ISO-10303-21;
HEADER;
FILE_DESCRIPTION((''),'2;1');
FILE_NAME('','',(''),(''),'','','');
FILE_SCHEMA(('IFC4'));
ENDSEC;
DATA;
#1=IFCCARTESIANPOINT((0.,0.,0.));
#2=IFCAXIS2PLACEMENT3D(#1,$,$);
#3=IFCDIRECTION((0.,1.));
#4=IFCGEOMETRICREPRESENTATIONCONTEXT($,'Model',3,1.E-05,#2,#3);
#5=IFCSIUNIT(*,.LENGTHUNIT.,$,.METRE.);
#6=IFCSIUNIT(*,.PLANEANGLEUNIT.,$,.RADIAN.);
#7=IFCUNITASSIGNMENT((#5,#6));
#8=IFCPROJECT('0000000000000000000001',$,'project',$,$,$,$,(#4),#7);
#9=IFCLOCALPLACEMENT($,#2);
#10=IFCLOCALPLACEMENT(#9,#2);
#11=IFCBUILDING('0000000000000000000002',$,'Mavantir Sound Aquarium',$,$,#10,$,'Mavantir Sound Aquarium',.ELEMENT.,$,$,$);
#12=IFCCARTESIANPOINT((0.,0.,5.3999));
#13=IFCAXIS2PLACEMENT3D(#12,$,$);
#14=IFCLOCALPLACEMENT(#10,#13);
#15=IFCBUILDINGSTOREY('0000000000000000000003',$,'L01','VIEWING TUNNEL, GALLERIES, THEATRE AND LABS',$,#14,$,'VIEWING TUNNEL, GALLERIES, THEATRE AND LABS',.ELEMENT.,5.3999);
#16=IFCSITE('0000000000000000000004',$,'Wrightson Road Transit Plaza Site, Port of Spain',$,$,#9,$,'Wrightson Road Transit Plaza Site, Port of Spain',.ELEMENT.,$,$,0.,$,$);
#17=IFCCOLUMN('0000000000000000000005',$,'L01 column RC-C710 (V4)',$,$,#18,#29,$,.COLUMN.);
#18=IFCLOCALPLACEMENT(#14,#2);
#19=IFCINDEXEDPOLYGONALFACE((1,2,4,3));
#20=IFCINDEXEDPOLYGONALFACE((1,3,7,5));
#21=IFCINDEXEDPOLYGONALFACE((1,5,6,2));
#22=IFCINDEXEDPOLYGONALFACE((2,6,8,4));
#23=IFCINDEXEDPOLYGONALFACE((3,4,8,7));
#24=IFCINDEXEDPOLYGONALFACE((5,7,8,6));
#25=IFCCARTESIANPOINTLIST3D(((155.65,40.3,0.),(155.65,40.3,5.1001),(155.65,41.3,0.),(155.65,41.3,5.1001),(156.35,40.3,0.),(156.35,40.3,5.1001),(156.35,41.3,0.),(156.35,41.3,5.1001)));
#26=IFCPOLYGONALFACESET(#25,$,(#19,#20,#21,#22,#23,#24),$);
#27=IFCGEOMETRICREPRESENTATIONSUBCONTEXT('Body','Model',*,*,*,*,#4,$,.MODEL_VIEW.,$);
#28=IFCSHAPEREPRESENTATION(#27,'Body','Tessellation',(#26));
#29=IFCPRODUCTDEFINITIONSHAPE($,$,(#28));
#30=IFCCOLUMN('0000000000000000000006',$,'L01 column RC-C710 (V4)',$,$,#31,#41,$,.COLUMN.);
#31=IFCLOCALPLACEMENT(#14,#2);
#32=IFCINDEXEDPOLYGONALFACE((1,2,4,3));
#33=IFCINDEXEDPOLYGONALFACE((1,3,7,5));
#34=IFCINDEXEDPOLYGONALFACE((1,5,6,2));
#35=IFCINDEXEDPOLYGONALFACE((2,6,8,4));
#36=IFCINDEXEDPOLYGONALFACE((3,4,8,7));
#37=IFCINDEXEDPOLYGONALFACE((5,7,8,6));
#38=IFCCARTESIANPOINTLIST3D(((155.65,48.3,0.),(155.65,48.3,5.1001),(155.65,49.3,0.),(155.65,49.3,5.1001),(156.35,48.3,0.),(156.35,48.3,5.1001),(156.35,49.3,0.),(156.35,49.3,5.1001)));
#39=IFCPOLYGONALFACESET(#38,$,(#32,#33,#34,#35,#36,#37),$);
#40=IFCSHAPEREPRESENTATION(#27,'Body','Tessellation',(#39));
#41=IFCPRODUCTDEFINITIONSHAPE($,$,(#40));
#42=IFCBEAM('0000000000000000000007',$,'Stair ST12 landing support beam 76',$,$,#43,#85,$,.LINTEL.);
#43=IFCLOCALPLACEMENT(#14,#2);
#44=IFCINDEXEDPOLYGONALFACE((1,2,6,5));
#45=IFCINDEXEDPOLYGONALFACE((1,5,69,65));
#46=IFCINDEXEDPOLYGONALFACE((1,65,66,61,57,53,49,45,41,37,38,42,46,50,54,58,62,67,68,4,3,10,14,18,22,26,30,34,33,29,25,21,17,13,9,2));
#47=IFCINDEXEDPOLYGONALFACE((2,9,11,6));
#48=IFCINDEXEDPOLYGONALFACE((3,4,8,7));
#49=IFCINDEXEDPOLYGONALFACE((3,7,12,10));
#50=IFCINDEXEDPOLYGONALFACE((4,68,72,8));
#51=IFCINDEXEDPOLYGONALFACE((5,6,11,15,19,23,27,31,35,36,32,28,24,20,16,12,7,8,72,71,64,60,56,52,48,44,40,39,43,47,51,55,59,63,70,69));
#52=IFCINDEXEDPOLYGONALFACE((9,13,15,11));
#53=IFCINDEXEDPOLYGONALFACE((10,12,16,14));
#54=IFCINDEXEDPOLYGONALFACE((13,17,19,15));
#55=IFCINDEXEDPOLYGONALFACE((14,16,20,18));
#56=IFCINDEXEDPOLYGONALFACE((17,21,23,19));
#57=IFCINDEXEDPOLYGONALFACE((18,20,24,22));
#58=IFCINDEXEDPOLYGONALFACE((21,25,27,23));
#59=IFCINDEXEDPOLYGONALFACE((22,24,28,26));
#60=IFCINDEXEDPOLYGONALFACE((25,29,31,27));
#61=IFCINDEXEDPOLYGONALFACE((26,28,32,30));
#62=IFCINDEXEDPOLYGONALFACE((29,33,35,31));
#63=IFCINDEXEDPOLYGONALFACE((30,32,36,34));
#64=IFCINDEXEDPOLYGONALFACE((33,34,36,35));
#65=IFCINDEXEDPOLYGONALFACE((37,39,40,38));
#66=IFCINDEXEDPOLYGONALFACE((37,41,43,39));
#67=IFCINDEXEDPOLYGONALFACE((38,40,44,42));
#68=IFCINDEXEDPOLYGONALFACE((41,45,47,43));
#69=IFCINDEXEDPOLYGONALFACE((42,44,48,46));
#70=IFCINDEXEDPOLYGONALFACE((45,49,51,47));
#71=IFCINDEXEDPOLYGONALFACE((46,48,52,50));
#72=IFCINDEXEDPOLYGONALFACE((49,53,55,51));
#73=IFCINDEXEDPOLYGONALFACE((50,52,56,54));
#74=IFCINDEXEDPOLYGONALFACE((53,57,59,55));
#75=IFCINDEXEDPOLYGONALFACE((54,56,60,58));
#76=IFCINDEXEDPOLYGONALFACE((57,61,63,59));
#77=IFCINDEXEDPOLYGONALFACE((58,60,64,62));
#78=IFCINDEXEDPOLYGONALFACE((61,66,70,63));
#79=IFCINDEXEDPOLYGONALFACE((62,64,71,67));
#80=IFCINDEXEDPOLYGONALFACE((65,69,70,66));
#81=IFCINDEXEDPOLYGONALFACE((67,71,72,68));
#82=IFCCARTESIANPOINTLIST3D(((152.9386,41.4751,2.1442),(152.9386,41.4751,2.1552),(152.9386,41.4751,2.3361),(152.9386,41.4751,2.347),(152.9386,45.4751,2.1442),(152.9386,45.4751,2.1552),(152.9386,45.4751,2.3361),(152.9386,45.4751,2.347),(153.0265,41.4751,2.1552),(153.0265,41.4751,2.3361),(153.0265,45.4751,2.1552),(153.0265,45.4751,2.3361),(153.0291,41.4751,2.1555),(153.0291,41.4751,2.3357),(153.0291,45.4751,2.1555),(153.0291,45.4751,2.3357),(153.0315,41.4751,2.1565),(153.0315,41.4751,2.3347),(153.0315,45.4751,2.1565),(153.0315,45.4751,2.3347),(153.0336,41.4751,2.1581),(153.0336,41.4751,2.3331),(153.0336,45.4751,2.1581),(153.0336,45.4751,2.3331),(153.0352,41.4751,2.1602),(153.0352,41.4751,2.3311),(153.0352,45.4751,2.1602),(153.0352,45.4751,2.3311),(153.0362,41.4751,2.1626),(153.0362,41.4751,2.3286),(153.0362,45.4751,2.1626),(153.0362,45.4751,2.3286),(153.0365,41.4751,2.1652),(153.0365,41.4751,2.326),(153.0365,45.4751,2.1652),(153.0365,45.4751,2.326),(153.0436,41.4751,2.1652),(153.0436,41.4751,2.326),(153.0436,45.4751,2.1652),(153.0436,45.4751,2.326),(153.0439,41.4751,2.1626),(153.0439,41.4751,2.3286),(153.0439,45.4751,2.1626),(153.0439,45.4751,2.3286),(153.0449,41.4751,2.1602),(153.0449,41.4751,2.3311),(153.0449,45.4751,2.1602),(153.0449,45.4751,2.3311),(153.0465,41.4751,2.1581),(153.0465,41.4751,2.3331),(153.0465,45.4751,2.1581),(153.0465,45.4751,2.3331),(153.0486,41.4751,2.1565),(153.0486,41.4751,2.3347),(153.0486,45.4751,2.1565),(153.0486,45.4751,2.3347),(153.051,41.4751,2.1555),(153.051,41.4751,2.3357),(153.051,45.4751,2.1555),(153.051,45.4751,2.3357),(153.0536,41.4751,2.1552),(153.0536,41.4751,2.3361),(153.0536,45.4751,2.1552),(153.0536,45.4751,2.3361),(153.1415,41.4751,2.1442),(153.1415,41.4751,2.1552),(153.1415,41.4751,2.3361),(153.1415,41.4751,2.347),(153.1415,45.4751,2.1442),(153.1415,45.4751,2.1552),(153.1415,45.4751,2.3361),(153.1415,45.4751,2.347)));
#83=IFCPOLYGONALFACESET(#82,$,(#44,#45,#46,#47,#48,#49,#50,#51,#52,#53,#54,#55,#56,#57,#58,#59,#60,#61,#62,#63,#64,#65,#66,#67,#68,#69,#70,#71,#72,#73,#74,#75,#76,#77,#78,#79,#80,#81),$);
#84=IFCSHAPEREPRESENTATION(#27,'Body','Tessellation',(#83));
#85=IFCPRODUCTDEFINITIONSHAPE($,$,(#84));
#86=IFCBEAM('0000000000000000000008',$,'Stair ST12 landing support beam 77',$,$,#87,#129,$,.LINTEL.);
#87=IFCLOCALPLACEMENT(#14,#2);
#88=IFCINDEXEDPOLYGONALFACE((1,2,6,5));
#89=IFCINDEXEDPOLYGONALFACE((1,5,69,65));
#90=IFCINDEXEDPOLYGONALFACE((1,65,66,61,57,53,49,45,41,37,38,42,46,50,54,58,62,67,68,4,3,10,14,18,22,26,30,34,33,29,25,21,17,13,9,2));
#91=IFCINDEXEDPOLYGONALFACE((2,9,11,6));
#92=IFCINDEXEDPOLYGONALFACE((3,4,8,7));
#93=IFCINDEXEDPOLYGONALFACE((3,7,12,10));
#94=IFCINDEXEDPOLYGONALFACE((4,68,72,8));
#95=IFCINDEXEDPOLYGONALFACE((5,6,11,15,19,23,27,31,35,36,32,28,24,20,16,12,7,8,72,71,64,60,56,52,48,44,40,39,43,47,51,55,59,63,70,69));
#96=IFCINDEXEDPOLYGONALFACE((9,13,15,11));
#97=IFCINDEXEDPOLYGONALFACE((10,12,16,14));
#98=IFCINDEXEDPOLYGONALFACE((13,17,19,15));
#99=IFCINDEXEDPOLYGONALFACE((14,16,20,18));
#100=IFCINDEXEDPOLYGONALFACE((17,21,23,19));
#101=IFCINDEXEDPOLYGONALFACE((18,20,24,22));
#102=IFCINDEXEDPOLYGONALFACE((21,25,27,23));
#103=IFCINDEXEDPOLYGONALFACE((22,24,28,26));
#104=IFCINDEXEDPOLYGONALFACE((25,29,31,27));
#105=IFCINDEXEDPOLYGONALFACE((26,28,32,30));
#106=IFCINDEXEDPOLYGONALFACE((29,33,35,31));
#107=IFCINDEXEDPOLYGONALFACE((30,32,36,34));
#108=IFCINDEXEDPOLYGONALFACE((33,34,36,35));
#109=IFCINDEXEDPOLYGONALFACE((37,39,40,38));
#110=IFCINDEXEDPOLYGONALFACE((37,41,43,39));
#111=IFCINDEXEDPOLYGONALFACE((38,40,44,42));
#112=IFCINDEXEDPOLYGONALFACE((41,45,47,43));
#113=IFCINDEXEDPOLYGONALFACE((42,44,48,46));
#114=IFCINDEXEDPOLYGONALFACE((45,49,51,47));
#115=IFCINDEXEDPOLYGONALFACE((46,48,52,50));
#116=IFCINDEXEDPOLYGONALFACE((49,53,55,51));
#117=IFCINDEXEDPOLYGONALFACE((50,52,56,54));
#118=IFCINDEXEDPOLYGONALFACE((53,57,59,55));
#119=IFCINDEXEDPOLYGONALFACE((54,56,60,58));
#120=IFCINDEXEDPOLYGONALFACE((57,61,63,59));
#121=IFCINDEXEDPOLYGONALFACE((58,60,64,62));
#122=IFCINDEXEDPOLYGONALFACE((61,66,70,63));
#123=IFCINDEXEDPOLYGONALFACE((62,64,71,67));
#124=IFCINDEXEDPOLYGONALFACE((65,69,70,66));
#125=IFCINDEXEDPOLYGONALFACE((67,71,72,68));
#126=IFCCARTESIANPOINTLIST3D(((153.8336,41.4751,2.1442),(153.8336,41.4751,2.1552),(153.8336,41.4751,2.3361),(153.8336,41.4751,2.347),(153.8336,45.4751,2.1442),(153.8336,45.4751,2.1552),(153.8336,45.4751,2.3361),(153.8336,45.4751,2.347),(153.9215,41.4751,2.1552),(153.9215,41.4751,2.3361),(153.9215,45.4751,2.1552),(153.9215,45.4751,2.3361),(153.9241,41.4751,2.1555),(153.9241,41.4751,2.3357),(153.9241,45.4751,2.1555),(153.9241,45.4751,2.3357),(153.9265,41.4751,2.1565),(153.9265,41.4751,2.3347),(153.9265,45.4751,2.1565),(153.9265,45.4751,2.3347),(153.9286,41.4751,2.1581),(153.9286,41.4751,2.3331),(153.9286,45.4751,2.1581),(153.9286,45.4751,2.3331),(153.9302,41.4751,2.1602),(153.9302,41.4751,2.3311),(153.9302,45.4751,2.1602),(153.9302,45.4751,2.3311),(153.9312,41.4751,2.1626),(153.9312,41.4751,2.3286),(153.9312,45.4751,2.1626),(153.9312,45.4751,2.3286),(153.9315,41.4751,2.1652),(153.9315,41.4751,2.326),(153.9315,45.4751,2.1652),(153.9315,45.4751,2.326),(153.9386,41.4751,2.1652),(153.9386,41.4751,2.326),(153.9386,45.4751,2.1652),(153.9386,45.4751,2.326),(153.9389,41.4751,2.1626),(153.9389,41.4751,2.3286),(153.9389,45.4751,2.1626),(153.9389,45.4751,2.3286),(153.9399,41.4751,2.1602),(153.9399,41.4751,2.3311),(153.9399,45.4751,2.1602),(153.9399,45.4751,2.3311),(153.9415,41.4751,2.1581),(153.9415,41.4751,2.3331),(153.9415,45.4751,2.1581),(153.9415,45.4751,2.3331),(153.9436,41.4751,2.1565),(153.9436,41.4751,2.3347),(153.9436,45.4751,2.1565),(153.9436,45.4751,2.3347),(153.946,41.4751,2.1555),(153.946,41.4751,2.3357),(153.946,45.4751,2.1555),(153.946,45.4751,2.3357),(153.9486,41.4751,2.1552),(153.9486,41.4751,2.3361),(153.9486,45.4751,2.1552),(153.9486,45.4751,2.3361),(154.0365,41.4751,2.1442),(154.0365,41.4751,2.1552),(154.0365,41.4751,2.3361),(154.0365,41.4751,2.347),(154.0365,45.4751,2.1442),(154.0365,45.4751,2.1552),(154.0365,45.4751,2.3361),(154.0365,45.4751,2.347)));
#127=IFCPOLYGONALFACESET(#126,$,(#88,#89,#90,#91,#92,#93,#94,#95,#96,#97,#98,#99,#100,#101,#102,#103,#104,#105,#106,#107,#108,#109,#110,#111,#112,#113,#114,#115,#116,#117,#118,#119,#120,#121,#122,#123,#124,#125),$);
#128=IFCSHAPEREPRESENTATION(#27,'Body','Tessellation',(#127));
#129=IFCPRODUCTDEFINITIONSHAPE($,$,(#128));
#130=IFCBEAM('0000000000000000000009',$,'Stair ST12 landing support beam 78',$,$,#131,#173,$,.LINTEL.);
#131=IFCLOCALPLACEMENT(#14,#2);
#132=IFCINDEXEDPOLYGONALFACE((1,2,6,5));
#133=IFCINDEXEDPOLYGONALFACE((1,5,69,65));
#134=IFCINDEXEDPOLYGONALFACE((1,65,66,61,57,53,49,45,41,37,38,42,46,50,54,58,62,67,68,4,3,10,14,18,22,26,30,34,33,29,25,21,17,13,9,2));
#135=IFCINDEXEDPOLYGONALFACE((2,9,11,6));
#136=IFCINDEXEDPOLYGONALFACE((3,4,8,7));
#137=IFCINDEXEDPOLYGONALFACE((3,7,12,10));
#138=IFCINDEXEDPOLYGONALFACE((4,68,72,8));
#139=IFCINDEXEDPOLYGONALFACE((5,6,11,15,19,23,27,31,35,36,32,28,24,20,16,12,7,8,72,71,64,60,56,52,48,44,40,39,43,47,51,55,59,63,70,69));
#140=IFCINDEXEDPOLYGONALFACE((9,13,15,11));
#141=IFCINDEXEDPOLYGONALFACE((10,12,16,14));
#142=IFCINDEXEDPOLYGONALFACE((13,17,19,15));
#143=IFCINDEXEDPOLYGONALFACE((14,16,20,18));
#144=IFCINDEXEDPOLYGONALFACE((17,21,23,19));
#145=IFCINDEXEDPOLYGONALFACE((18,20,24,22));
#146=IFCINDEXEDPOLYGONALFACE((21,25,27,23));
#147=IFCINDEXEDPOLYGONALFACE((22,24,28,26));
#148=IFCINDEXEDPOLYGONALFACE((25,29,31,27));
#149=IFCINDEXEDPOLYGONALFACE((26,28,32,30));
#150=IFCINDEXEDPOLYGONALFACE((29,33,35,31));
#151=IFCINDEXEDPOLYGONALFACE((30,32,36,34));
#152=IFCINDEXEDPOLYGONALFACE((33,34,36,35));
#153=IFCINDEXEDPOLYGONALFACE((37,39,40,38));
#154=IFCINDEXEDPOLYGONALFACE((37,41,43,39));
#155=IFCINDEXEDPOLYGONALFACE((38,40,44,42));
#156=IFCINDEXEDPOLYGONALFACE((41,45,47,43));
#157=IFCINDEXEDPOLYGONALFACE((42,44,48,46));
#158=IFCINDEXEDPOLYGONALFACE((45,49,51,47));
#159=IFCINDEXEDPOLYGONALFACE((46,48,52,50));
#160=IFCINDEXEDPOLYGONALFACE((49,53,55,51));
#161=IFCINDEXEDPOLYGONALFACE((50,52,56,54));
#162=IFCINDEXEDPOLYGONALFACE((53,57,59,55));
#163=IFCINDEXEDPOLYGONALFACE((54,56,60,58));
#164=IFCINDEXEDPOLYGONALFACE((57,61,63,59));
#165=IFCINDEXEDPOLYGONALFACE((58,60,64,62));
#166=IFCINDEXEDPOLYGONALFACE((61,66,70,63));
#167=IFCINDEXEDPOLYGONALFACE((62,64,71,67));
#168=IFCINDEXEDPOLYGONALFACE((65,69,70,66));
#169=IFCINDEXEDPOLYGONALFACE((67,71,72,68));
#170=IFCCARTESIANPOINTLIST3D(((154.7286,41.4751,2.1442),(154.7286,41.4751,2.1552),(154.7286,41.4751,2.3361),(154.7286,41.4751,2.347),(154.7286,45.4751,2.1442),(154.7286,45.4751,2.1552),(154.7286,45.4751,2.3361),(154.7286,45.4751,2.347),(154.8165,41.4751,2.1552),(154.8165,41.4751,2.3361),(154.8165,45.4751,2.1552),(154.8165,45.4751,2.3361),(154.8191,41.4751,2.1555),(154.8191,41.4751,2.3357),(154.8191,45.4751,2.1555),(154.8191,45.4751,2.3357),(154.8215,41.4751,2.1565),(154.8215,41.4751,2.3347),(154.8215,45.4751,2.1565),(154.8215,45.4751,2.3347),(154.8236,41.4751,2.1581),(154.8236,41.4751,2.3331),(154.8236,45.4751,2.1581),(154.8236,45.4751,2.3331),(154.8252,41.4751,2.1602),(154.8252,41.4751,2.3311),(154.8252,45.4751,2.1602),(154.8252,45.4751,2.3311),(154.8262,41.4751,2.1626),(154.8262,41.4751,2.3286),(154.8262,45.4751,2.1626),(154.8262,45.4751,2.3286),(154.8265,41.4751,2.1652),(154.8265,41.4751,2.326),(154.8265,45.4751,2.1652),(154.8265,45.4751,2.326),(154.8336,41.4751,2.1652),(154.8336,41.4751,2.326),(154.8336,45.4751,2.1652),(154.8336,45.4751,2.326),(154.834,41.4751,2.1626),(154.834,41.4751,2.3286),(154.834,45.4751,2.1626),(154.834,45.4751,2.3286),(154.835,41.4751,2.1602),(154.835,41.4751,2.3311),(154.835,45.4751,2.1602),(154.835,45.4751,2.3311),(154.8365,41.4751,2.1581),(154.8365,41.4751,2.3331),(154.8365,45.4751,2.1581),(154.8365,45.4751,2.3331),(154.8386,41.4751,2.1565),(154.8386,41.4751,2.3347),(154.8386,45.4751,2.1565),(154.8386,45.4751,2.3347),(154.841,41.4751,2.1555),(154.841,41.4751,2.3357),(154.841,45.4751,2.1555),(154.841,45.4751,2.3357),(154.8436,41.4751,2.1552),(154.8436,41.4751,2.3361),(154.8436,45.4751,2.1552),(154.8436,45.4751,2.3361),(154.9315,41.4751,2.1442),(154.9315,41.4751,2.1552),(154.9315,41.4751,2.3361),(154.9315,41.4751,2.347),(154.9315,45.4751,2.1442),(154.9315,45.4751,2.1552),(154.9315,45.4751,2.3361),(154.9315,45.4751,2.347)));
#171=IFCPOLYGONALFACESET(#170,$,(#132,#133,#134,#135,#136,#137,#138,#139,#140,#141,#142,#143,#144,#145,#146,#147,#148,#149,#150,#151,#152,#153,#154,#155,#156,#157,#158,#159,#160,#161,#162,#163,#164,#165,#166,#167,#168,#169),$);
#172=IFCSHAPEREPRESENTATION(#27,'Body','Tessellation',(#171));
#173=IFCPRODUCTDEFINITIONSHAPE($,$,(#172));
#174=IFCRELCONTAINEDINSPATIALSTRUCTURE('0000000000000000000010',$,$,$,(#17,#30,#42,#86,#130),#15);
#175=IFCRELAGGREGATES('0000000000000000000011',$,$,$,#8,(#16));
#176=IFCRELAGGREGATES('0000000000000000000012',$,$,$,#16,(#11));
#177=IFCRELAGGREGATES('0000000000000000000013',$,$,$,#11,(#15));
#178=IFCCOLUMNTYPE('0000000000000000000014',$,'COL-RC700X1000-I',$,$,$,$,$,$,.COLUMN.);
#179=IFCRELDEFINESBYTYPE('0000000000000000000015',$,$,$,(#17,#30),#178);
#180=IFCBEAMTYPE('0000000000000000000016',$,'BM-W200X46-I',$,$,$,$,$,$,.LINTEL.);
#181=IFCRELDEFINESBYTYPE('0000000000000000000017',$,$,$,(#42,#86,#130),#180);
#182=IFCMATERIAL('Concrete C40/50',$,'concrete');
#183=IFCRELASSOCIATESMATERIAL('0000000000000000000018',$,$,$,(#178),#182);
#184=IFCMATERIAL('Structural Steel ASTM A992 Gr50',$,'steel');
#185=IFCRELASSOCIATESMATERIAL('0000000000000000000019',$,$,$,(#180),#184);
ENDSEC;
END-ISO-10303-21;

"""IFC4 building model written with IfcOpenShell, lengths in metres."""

from ifc_helpers import new_model, si_unit, direction, frame, origin, origin_2d, place, context, subcontext, project, spatial, rectangle, i_section, extrude, material, material_profile, profile_set, type_object, element, save


model = new_model("IFC4")

# Units and contexts
model_context = context("Model", 3, precision=1e-05, world=origin(), true_north=direction((0.0, 1.0)))
body_context = subcontext(model_context, "Body", "Model", "MODEL_VIEW")
ifc_project = project(units=[si_unit("LENGTHUNIT", "METRE"), si_unit("PLANEANGLEUNIT", "RADIAN")], contexts=[model_context])

# Site, building, storey
site_placement = place(None, origin())
site = spatial("IfcSite", under=ifc_project, at=site_placement, Name="Wrightson Road Transit Plaza Site, Port of Spain", LongName="Wrightson Road Transit Plaza Site, Port of Spain", CompositionType="ELEMENT", RefElevation=0.0)
building_placement = place(site_placement, origin())
building = spatial("IfcBuilding", under=site, at=building_placement, Name="Mavantir Sound Aquarium", LongName="Mavantir Sound Aquarium", CompositionType="ELEMENT")
storey_placement = place(building_placement, frame((0.0, 0.0, 5.3999)))
storey = spatial("IfcBuildingStorey", under=building, at=storey_placement, Name="L01", Description="VIEWING TUNNEL, GALLERIES, THEATRE AND LABS", LongName="VIEWING TUNNEL, GALLERIES, THEATRE AND LABS", CompositionType="ELEMENT", Elevation=5.3999)

# Columns
ifc_material_1 = material(Name="Concrete C40/50", Category="concrete")
ifc_material_profile_1 = material_profile(ifc_material_1, rectangle(XDim=0.7, YDim=1.0, at=origin_2d()), Name="RC 700X1000")
ifc_profile_set_1 = profile_set([ifc_material_profile_1], Name="Concrete C40/50")
column_type = type_object("IfcColumnType", Name="COL-RC700X1000-I", PredefinedType="COLUMN", material=ifc_profile_set_1)
for number, where, z_axis, x_axis, name in (
    (1, (156.0, 40.8, 0.0), (0.0, 0.0, 1.0), (1.0, 0.0, 0.0), "L01 column RC-C710 (V4)"),
    (2, (156.0, 48.8, 0.0), (0.0, 0.0, 1.0), (1.0, 0.0, 0.0), "L01 column RC-C710 (V4)"),
):
    element("IfcColumn", number, at=place(storey_placement, frame(where, z_axis=z_axis, x_axis=x_axis)), inside=storey, type_object=column_type, Name=name, PredefinedType="COLUMN", context=body_context, shape_type="SweptSolid", body=[
        extrude(rectangle(XDim=0.7, YDim=1.0, at=origin_2d()), origin(), (0.0, 0.0, 1.0), 5.1001),
    ])

# Beams
ifc_material_2 = material(Name="Structural Steel ASTM A992 Gr50", Category="steel")
ifc_material_profile_2 = material_profile(ifc_material_2, i_section(OverallWidth=0.2029, OverallDepth=0.2029, WebThickness=0.0071, FlangeThickness=0.011, FilletRadius=0.01, at=origin_2d()), Name="W200X46")
ifc_profile_set_2 = profile_set([ifc_material_profile_2], Name="Structural Steel ASTM A992 Gr50")
beam_type_1 = type_object("IfcBeamType", Name="BM-W200X46-I", PredefinedType="LINTEL", material=ifc_profile_set_2)
for number, where, z_axis, x_axis, name in (
    (3, (153.04, 41.4751, 2.2456), (0.0, 1.0, 0.0), (-1.0, 0.0, 0.0), "Stair ST12 landing support beam 76"),
    (4, (153.9351, 41.4751, 2.2456), (0.0, 1.0, 0.0), (-1.0, 0.0, 0.0), "Stair ST12 landing support beam 77"),
    (5, (154.8301, 41.4751, 2.2456), (0.0, 1.0, 0.0), (-1.0, 0.0, 0.0), "Stair ST12 landing support beam 78"),
):
    element("IfcBeam", number, at=place(storey_placement, frame(where, z_axis=z_axis, x_axis=x_axis)), inside=storey, type_object=beam_type_1, Name=name, PredefinedType="LINTEL", context=body_context, shape_type="SweptSolid", body=[
        extrude(i_section(OverallWidth=0.2029, OverallDepth=0.2029, WebThickness=0.0071, FlangeThickness=0.011, FilletRadius=0.01, at=origin_2d()), origin(), (0.0, 0.0, 1.0), 4.0),
    ])

save(model, "model.ifc")
